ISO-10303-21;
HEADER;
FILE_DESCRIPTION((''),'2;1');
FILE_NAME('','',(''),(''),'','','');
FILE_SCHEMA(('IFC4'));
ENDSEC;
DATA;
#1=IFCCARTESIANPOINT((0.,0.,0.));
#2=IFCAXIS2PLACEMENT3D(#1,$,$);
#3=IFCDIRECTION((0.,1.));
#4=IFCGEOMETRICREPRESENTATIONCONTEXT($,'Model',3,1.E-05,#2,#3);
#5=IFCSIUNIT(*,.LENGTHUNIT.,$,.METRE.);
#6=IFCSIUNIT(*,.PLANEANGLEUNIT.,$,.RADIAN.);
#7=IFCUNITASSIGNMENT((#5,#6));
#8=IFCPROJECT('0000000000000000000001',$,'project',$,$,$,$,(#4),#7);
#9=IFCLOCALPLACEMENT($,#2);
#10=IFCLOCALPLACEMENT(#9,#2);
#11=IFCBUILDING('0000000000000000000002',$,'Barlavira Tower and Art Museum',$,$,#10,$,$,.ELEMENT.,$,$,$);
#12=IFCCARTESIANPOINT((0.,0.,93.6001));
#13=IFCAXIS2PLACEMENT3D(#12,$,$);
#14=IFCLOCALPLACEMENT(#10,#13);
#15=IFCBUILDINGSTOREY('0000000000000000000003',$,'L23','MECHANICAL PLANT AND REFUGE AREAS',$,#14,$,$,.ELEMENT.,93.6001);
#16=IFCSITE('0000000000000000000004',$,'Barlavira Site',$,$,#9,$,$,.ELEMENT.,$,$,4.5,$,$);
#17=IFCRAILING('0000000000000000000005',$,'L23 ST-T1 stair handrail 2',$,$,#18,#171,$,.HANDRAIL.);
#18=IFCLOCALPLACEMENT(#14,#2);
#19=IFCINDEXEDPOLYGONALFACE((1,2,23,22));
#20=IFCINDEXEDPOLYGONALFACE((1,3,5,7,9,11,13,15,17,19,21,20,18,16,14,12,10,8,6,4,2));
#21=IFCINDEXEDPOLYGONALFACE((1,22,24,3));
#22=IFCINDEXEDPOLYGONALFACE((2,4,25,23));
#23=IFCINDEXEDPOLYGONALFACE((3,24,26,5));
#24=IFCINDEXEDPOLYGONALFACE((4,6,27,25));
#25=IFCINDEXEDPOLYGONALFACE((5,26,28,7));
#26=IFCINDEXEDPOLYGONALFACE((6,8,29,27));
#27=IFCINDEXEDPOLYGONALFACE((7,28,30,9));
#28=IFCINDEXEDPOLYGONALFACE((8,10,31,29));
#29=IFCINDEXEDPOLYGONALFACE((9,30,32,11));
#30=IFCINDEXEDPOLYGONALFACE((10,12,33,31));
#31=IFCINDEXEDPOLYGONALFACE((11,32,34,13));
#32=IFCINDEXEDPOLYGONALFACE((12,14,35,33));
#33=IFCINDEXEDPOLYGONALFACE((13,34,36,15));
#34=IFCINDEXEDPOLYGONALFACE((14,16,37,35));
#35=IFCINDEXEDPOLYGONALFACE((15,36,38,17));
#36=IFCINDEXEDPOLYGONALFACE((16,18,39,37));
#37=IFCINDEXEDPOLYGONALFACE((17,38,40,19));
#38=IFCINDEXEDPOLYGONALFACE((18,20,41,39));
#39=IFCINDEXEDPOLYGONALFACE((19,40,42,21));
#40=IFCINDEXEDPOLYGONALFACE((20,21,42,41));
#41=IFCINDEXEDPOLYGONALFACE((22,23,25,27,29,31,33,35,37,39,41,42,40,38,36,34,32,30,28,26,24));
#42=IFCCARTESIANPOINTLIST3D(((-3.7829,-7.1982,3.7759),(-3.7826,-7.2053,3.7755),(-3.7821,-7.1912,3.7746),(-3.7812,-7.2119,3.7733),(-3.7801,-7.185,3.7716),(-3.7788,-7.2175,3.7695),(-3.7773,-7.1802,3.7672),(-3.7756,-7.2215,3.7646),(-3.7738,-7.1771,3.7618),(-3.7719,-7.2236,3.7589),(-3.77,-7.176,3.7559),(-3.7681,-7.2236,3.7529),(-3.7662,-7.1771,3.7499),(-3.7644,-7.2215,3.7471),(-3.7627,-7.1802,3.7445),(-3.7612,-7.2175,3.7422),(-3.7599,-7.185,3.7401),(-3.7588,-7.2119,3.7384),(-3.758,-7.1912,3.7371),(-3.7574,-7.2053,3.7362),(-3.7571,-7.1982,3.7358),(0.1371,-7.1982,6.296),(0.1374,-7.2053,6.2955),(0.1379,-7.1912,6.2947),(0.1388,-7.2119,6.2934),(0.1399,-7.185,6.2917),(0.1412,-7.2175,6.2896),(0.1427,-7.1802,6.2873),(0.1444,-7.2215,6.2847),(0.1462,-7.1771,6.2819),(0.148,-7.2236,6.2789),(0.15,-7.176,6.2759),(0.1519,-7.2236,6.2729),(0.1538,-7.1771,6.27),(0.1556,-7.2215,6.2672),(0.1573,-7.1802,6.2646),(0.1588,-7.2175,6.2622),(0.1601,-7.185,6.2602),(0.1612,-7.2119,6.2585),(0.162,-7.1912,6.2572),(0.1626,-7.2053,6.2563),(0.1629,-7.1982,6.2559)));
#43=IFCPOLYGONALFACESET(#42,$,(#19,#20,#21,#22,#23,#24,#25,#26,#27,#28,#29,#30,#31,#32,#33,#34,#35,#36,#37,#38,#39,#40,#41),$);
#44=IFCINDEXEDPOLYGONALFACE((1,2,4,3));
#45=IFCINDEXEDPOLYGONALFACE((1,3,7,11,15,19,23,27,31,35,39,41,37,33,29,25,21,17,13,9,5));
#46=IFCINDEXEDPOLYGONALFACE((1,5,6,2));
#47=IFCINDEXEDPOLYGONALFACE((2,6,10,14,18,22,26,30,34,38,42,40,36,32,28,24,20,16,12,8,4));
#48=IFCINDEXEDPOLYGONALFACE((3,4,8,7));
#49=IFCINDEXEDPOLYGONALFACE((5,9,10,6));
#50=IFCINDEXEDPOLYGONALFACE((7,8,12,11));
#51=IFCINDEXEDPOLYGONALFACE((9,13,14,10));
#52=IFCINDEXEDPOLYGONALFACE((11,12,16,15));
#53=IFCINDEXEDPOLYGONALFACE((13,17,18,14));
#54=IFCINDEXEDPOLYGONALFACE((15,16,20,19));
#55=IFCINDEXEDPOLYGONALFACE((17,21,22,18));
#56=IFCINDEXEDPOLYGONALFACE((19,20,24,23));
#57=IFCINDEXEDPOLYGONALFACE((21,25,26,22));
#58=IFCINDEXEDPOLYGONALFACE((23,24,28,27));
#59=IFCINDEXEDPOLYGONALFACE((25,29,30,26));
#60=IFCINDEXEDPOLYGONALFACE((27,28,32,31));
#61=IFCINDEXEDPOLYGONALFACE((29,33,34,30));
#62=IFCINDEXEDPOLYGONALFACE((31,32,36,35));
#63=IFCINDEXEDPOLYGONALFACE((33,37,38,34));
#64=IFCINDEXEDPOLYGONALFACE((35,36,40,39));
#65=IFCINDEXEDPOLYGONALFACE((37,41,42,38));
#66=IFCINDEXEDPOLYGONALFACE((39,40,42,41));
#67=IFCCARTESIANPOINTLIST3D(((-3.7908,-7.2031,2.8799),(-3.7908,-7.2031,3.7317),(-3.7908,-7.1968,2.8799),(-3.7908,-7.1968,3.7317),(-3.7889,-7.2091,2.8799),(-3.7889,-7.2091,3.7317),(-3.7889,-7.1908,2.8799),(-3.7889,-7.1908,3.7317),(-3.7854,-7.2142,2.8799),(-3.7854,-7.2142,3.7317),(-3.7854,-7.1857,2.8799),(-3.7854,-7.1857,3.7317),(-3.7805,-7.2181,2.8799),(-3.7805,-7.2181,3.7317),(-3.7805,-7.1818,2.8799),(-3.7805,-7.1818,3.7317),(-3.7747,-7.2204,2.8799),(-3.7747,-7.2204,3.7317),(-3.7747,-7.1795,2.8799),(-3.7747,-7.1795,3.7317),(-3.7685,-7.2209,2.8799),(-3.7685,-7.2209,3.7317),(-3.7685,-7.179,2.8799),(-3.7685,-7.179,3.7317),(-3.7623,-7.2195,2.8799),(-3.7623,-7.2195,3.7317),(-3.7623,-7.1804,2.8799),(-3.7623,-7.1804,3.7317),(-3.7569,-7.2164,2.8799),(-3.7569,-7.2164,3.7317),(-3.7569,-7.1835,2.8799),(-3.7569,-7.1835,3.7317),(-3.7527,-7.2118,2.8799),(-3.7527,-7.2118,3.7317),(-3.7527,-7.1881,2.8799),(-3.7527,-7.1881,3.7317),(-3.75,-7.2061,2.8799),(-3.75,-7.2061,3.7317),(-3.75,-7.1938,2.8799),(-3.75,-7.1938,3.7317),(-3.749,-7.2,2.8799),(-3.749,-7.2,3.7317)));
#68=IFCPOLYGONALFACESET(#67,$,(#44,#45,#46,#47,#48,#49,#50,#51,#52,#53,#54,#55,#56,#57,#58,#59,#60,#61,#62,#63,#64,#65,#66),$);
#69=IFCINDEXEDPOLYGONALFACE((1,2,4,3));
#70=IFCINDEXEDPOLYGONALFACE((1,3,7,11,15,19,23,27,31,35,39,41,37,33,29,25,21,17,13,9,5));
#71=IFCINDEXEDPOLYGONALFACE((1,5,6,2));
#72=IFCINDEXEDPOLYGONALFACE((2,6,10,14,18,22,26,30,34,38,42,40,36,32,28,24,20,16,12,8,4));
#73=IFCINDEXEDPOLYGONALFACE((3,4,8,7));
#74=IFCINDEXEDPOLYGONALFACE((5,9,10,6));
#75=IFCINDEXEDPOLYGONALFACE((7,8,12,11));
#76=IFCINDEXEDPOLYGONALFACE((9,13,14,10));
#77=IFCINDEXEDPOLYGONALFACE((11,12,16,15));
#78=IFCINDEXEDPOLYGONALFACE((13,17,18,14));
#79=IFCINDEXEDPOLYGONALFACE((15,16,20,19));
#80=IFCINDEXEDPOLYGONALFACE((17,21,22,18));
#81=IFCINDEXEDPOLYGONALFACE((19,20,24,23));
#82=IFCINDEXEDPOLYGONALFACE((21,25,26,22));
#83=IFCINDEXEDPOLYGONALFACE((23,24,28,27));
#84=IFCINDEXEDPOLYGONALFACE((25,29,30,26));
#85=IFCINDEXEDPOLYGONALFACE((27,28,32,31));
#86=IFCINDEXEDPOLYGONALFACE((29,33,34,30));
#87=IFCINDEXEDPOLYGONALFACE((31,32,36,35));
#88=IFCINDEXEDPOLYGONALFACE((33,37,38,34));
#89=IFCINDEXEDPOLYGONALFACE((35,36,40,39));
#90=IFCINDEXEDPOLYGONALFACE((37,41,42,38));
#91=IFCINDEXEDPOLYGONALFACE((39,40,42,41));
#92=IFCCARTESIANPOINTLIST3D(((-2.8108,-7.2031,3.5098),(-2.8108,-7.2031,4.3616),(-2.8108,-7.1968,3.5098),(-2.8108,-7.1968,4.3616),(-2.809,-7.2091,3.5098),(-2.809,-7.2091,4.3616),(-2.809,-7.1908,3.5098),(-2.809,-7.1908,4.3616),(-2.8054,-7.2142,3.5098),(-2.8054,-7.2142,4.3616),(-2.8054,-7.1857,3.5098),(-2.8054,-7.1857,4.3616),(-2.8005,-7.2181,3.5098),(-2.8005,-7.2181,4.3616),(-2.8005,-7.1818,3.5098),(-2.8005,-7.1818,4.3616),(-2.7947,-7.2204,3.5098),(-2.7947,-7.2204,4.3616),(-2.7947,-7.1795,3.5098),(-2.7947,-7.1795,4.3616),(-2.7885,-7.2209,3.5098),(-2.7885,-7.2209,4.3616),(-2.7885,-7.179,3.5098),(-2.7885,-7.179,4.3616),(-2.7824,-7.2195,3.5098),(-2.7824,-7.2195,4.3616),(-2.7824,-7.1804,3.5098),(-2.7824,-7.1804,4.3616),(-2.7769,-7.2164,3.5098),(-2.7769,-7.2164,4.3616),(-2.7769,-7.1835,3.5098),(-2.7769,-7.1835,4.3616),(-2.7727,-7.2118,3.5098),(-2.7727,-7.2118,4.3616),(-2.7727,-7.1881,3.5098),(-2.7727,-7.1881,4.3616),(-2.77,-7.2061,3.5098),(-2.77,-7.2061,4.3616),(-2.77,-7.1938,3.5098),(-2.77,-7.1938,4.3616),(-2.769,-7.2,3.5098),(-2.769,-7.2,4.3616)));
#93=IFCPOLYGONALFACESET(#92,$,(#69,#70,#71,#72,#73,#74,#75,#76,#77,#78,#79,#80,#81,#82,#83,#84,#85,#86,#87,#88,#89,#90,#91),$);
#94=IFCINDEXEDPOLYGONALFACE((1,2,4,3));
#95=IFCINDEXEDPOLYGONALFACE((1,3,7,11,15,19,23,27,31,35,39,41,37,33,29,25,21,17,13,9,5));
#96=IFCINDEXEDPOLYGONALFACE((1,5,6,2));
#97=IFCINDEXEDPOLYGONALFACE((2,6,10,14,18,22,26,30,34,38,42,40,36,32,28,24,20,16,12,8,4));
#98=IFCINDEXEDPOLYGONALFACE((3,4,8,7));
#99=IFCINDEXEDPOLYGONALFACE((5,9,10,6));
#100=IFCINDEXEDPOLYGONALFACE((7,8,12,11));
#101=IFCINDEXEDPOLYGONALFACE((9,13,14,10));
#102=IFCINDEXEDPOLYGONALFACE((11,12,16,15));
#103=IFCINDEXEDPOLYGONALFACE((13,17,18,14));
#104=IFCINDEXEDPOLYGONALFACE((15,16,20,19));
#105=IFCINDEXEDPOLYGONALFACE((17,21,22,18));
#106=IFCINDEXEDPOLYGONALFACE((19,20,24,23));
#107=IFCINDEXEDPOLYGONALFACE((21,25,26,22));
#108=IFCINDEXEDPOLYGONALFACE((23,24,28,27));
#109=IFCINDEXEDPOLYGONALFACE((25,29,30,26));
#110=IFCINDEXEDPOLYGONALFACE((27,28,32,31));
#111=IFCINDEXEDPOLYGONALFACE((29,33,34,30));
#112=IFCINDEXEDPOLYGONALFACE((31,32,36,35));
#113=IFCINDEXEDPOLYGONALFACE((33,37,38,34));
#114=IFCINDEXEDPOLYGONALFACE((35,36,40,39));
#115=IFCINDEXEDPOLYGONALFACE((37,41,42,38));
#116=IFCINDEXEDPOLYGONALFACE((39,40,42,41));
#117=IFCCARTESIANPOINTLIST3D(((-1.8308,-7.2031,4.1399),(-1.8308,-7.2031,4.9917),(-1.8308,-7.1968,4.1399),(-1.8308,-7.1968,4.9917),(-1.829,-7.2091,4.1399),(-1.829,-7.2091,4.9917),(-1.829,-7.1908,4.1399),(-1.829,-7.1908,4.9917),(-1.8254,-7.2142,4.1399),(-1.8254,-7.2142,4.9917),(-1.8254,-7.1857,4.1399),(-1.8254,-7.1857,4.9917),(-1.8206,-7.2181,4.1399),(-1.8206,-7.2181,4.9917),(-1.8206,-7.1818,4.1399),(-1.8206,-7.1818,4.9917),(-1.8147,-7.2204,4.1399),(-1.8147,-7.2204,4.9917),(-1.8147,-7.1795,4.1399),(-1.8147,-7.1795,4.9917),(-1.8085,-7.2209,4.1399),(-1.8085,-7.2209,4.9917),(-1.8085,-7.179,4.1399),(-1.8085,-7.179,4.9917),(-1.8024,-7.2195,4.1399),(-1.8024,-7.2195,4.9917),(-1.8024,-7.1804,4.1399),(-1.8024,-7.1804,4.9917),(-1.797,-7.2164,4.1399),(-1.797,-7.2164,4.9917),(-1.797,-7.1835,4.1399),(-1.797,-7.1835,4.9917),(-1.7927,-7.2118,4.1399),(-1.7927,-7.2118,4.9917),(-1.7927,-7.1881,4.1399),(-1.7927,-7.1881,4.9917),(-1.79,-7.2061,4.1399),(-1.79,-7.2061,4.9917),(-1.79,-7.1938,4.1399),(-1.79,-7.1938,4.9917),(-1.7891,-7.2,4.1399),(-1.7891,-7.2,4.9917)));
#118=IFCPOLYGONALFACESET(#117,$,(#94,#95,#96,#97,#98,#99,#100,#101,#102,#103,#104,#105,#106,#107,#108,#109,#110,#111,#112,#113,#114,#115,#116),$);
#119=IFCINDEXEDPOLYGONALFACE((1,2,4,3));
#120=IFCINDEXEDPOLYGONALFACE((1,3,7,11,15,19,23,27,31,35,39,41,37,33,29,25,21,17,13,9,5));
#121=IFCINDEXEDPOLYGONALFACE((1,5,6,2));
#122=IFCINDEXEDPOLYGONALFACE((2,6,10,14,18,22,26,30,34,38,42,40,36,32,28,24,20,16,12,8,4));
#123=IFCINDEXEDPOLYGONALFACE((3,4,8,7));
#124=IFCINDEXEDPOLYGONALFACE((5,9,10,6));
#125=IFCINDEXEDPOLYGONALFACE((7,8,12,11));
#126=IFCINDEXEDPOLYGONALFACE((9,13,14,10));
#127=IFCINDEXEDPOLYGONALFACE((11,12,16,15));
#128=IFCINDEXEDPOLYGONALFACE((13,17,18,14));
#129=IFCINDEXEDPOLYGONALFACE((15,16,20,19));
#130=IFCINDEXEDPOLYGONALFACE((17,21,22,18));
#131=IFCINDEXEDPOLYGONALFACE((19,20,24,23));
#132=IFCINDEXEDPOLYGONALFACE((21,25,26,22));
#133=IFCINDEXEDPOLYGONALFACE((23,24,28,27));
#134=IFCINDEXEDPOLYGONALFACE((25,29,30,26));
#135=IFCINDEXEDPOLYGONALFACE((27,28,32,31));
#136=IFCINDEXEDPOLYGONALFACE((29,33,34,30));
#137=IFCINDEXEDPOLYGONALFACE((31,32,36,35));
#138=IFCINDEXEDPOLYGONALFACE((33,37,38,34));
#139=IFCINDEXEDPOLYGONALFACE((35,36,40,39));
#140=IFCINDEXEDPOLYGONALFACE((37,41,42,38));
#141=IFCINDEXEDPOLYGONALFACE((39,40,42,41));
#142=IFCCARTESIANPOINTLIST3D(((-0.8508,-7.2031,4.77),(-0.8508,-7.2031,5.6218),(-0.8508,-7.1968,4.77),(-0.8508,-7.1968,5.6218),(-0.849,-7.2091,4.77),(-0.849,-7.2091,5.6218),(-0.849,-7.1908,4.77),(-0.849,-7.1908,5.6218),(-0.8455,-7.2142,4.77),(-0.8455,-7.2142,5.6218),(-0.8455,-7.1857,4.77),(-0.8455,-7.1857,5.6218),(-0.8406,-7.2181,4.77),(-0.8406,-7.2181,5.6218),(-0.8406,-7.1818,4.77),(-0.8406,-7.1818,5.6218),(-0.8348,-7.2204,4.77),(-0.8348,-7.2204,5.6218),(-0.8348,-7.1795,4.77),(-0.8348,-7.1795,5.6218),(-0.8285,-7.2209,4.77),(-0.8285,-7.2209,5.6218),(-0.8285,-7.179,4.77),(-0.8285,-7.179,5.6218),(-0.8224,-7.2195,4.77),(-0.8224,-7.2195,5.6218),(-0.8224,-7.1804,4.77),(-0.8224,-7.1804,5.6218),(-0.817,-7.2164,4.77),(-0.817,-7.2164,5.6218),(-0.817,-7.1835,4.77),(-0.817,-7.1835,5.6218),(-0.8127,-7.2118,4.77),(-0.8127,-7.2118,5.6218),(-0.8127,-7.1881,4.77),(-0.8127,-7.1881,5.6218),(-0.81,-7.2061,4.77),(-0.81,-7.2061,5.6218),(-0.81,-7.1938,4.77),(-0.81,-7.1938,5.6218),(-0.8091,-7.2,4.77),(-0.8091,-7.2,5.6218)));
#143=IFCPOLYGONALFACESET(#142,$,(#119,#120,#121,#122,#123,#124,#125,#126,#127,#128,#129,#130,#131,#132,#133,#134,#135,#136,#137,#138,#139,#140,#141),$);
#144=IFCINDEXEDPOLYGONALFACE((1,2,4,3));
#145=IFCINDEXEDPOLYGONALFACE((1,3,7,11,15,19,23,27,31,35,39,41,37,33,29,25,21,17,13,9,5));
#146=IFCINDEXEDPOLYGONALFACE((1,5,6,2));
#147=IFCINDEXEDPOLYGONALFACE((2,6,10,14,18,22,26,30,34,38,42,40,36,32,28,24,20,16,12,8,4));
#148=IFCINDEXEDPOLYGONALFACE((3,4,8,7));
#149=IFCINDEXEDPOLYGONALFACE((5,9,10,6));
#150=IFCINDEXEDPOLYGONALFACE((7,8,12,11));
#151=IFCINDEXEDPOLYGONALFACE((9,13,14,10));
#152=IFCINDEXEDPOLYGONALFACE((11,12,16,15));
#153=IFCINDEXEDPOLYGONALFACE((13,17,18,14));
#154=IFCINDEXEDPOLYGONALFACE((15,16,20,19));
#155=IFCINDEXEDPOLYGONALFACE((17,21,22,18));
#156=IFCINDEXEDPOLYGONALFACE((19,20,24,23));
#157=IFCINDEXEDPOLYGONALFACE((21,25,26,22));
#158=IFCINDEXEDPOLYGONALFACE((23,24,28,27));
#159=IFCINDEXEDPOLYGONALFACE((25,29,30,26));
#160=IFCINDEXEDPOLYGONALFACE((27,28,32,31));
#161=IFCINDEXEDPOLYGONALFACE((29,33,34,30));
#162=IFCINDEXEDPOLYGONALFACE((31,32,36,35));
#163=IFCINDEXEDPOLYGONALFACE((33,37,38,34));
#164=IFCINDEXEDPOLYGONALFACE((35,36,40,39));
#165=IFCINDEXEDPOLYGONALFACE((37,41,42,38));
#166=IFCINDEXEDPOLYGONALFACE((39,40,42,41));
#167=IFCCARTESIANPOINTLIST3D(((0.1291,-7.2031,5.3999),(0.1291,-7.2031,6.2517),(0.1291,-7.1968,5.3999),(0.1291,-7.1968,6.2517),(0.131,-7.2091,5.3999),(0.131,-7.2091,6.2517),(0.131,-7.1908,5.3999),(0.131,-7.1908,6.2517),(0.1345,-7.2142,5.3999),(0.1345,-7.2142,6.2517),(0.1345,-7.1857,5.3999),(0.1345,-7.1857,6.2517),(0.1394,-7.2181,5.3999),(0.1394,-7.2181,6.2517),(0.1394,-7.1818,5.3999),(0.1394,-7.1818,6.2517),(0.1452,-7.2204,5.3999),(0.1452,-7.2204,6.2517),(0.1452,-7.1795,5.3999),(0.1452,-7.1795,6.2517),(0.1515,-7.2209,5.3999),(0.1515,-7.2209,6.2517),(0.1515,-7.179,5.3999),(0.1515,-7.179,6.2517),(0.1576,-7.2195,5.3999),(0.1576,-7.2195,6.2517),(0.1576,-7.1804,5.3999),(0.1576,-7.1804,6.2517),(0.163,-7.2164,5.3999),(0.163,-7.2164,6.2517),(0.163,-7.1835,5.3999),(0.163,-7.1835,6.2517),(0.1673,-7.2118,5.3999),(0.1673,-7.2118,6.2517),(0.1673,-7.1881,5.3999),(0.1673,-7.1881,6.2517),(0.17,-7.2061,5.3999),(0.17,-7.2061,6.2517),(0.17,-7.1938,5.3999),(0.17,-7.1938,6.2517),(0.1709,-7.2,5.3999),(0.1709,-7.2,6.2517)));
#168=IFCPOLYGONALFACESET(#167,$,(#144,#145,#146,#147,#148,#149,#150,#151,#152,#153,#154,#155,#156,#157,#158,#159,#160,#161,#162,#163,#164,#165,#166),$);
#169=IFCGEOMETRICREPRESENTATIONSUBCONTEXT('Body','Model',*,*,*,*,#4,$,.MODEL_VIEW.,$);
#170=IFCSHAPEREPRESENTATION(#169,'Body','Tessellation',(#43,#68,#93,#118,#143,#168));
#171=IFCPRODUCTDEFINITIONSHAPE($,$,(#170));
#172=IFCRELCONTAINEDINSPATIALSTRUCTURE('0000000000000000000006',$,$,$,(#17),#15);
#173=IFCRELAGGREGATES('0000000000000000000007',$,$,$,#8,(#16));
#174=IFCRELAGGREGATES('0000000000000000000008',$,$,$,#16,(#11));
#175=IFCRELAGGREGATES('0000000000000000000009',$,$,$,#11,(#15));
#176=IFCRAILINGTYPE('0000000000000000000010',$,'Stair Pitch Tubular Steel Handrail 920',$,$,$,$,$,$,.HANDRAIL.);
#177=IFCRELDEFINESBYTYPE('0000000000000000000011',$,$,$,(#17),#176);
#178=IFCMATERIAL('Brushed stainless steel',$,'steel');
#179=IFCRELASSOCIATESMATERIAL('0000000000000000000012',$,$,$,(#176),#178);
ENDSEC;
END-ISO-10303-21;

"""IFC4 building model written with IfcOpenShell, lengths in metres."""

from ifc_helpers import new_model, si_unit, direction, frame, origin, origin_2d, place, context, subcontext, project, spatial, circle, extrude, material, type_object, element, save


model = new_model("IFC4")

# Units and contexts
model_context = context("Model", 3, precision=1e-05, world=origin(), true_north=direction((0.0, 1.0)))
body_context = subcontext(model_context, "Body", "Model", "MODEL_VIEW")
ifc_project = project(units=[si_unit("LENGTHUNIT", "METRE"), si_unit("PLANEANGLEUNIT", "RADIAN")], contexts=[model_context])

# Site, building, storey
site_placement = place(None, origin())
site = spatial("IfcSite", under=ifc_project, at=site_placement, Name="Barlavira Site", CompositionType="ELEMENT", RefElevation=4.5)
building_placement = place(site_placement, origin())
building = spatial("IfcBuilding", under=site, at=building_placement, Name="Barlavira Tower and Art Museum", CompositionType="ELEMENT")
storey_placement = place(building_placement, frame((0.0, 0.0, 93.6001)))
storey = spatial("IfcBuildingStorey", under=building, at=storey_placement, Name="L23", Description="MECHANICAL PLANT AND REFUGE AREAS", CompositionType="ELEMENT", Elevation=93.6001)

# Shared definitions
ifc_material_1 = material(Name="Brushed stainless steel", Category="steel")

# Railing
railing_type_1 = type_object("IfcRailingType", Name="Stair Pitch Tubular Steel Handrail 920", PredefinedType="HANDRAIL", material=ifc_material_1)
railing_1_placement = place(storey_placement, frame((-3.77, -7.2, 2.8799)))
element("IfcRailing", 1, at=railing_1_placement, inside=storey, type_object=railing_type_1, Name="L23 ST-T1 stair handrail 2", PredefinedType="HANDRAIL", context=body_context, shape_type="SweptSolid", body=[
    extrude(circle(Radius=0.0239, at=origin_2d()), frame((0.0, 0.0, 0.876), z_axis=(0.841172, 0.0, 0.540768), x_axis=(0.0, 1.0, 0.0)), (0.0, 0.0, 1.0), 4.6602),
    extrude(circle(Radius=0.021, at=origin_2d()), origin(), (0.0, 0.0, 1.0), 0.8518),
    extrude(circle(Radius=0.021, at=origin_2d()), frame((0.98, 0.0, 0.6299)), (0.0, 0.0, 1.0), 0.8518),
    extrude(circle(Radius=0.021, at=origin_2d()), frame((1.96, 0.0, 1.26)), (0.0, 0.0, 1.0), 0.8518),
    extrude(circle(Radius=0.021, at=origin_2d()), frame((2.9399, 0.0, 1.8901)), (0.0, 0.0, 1.0), 0.8518),
    extrude(circle(Radius=0.021, at=origin_2d()), frame((3.9199, 0.0, 2.52)), (0.0, 0.0, 1.0), 0.8518),
])

save(model, "model.ifc")
